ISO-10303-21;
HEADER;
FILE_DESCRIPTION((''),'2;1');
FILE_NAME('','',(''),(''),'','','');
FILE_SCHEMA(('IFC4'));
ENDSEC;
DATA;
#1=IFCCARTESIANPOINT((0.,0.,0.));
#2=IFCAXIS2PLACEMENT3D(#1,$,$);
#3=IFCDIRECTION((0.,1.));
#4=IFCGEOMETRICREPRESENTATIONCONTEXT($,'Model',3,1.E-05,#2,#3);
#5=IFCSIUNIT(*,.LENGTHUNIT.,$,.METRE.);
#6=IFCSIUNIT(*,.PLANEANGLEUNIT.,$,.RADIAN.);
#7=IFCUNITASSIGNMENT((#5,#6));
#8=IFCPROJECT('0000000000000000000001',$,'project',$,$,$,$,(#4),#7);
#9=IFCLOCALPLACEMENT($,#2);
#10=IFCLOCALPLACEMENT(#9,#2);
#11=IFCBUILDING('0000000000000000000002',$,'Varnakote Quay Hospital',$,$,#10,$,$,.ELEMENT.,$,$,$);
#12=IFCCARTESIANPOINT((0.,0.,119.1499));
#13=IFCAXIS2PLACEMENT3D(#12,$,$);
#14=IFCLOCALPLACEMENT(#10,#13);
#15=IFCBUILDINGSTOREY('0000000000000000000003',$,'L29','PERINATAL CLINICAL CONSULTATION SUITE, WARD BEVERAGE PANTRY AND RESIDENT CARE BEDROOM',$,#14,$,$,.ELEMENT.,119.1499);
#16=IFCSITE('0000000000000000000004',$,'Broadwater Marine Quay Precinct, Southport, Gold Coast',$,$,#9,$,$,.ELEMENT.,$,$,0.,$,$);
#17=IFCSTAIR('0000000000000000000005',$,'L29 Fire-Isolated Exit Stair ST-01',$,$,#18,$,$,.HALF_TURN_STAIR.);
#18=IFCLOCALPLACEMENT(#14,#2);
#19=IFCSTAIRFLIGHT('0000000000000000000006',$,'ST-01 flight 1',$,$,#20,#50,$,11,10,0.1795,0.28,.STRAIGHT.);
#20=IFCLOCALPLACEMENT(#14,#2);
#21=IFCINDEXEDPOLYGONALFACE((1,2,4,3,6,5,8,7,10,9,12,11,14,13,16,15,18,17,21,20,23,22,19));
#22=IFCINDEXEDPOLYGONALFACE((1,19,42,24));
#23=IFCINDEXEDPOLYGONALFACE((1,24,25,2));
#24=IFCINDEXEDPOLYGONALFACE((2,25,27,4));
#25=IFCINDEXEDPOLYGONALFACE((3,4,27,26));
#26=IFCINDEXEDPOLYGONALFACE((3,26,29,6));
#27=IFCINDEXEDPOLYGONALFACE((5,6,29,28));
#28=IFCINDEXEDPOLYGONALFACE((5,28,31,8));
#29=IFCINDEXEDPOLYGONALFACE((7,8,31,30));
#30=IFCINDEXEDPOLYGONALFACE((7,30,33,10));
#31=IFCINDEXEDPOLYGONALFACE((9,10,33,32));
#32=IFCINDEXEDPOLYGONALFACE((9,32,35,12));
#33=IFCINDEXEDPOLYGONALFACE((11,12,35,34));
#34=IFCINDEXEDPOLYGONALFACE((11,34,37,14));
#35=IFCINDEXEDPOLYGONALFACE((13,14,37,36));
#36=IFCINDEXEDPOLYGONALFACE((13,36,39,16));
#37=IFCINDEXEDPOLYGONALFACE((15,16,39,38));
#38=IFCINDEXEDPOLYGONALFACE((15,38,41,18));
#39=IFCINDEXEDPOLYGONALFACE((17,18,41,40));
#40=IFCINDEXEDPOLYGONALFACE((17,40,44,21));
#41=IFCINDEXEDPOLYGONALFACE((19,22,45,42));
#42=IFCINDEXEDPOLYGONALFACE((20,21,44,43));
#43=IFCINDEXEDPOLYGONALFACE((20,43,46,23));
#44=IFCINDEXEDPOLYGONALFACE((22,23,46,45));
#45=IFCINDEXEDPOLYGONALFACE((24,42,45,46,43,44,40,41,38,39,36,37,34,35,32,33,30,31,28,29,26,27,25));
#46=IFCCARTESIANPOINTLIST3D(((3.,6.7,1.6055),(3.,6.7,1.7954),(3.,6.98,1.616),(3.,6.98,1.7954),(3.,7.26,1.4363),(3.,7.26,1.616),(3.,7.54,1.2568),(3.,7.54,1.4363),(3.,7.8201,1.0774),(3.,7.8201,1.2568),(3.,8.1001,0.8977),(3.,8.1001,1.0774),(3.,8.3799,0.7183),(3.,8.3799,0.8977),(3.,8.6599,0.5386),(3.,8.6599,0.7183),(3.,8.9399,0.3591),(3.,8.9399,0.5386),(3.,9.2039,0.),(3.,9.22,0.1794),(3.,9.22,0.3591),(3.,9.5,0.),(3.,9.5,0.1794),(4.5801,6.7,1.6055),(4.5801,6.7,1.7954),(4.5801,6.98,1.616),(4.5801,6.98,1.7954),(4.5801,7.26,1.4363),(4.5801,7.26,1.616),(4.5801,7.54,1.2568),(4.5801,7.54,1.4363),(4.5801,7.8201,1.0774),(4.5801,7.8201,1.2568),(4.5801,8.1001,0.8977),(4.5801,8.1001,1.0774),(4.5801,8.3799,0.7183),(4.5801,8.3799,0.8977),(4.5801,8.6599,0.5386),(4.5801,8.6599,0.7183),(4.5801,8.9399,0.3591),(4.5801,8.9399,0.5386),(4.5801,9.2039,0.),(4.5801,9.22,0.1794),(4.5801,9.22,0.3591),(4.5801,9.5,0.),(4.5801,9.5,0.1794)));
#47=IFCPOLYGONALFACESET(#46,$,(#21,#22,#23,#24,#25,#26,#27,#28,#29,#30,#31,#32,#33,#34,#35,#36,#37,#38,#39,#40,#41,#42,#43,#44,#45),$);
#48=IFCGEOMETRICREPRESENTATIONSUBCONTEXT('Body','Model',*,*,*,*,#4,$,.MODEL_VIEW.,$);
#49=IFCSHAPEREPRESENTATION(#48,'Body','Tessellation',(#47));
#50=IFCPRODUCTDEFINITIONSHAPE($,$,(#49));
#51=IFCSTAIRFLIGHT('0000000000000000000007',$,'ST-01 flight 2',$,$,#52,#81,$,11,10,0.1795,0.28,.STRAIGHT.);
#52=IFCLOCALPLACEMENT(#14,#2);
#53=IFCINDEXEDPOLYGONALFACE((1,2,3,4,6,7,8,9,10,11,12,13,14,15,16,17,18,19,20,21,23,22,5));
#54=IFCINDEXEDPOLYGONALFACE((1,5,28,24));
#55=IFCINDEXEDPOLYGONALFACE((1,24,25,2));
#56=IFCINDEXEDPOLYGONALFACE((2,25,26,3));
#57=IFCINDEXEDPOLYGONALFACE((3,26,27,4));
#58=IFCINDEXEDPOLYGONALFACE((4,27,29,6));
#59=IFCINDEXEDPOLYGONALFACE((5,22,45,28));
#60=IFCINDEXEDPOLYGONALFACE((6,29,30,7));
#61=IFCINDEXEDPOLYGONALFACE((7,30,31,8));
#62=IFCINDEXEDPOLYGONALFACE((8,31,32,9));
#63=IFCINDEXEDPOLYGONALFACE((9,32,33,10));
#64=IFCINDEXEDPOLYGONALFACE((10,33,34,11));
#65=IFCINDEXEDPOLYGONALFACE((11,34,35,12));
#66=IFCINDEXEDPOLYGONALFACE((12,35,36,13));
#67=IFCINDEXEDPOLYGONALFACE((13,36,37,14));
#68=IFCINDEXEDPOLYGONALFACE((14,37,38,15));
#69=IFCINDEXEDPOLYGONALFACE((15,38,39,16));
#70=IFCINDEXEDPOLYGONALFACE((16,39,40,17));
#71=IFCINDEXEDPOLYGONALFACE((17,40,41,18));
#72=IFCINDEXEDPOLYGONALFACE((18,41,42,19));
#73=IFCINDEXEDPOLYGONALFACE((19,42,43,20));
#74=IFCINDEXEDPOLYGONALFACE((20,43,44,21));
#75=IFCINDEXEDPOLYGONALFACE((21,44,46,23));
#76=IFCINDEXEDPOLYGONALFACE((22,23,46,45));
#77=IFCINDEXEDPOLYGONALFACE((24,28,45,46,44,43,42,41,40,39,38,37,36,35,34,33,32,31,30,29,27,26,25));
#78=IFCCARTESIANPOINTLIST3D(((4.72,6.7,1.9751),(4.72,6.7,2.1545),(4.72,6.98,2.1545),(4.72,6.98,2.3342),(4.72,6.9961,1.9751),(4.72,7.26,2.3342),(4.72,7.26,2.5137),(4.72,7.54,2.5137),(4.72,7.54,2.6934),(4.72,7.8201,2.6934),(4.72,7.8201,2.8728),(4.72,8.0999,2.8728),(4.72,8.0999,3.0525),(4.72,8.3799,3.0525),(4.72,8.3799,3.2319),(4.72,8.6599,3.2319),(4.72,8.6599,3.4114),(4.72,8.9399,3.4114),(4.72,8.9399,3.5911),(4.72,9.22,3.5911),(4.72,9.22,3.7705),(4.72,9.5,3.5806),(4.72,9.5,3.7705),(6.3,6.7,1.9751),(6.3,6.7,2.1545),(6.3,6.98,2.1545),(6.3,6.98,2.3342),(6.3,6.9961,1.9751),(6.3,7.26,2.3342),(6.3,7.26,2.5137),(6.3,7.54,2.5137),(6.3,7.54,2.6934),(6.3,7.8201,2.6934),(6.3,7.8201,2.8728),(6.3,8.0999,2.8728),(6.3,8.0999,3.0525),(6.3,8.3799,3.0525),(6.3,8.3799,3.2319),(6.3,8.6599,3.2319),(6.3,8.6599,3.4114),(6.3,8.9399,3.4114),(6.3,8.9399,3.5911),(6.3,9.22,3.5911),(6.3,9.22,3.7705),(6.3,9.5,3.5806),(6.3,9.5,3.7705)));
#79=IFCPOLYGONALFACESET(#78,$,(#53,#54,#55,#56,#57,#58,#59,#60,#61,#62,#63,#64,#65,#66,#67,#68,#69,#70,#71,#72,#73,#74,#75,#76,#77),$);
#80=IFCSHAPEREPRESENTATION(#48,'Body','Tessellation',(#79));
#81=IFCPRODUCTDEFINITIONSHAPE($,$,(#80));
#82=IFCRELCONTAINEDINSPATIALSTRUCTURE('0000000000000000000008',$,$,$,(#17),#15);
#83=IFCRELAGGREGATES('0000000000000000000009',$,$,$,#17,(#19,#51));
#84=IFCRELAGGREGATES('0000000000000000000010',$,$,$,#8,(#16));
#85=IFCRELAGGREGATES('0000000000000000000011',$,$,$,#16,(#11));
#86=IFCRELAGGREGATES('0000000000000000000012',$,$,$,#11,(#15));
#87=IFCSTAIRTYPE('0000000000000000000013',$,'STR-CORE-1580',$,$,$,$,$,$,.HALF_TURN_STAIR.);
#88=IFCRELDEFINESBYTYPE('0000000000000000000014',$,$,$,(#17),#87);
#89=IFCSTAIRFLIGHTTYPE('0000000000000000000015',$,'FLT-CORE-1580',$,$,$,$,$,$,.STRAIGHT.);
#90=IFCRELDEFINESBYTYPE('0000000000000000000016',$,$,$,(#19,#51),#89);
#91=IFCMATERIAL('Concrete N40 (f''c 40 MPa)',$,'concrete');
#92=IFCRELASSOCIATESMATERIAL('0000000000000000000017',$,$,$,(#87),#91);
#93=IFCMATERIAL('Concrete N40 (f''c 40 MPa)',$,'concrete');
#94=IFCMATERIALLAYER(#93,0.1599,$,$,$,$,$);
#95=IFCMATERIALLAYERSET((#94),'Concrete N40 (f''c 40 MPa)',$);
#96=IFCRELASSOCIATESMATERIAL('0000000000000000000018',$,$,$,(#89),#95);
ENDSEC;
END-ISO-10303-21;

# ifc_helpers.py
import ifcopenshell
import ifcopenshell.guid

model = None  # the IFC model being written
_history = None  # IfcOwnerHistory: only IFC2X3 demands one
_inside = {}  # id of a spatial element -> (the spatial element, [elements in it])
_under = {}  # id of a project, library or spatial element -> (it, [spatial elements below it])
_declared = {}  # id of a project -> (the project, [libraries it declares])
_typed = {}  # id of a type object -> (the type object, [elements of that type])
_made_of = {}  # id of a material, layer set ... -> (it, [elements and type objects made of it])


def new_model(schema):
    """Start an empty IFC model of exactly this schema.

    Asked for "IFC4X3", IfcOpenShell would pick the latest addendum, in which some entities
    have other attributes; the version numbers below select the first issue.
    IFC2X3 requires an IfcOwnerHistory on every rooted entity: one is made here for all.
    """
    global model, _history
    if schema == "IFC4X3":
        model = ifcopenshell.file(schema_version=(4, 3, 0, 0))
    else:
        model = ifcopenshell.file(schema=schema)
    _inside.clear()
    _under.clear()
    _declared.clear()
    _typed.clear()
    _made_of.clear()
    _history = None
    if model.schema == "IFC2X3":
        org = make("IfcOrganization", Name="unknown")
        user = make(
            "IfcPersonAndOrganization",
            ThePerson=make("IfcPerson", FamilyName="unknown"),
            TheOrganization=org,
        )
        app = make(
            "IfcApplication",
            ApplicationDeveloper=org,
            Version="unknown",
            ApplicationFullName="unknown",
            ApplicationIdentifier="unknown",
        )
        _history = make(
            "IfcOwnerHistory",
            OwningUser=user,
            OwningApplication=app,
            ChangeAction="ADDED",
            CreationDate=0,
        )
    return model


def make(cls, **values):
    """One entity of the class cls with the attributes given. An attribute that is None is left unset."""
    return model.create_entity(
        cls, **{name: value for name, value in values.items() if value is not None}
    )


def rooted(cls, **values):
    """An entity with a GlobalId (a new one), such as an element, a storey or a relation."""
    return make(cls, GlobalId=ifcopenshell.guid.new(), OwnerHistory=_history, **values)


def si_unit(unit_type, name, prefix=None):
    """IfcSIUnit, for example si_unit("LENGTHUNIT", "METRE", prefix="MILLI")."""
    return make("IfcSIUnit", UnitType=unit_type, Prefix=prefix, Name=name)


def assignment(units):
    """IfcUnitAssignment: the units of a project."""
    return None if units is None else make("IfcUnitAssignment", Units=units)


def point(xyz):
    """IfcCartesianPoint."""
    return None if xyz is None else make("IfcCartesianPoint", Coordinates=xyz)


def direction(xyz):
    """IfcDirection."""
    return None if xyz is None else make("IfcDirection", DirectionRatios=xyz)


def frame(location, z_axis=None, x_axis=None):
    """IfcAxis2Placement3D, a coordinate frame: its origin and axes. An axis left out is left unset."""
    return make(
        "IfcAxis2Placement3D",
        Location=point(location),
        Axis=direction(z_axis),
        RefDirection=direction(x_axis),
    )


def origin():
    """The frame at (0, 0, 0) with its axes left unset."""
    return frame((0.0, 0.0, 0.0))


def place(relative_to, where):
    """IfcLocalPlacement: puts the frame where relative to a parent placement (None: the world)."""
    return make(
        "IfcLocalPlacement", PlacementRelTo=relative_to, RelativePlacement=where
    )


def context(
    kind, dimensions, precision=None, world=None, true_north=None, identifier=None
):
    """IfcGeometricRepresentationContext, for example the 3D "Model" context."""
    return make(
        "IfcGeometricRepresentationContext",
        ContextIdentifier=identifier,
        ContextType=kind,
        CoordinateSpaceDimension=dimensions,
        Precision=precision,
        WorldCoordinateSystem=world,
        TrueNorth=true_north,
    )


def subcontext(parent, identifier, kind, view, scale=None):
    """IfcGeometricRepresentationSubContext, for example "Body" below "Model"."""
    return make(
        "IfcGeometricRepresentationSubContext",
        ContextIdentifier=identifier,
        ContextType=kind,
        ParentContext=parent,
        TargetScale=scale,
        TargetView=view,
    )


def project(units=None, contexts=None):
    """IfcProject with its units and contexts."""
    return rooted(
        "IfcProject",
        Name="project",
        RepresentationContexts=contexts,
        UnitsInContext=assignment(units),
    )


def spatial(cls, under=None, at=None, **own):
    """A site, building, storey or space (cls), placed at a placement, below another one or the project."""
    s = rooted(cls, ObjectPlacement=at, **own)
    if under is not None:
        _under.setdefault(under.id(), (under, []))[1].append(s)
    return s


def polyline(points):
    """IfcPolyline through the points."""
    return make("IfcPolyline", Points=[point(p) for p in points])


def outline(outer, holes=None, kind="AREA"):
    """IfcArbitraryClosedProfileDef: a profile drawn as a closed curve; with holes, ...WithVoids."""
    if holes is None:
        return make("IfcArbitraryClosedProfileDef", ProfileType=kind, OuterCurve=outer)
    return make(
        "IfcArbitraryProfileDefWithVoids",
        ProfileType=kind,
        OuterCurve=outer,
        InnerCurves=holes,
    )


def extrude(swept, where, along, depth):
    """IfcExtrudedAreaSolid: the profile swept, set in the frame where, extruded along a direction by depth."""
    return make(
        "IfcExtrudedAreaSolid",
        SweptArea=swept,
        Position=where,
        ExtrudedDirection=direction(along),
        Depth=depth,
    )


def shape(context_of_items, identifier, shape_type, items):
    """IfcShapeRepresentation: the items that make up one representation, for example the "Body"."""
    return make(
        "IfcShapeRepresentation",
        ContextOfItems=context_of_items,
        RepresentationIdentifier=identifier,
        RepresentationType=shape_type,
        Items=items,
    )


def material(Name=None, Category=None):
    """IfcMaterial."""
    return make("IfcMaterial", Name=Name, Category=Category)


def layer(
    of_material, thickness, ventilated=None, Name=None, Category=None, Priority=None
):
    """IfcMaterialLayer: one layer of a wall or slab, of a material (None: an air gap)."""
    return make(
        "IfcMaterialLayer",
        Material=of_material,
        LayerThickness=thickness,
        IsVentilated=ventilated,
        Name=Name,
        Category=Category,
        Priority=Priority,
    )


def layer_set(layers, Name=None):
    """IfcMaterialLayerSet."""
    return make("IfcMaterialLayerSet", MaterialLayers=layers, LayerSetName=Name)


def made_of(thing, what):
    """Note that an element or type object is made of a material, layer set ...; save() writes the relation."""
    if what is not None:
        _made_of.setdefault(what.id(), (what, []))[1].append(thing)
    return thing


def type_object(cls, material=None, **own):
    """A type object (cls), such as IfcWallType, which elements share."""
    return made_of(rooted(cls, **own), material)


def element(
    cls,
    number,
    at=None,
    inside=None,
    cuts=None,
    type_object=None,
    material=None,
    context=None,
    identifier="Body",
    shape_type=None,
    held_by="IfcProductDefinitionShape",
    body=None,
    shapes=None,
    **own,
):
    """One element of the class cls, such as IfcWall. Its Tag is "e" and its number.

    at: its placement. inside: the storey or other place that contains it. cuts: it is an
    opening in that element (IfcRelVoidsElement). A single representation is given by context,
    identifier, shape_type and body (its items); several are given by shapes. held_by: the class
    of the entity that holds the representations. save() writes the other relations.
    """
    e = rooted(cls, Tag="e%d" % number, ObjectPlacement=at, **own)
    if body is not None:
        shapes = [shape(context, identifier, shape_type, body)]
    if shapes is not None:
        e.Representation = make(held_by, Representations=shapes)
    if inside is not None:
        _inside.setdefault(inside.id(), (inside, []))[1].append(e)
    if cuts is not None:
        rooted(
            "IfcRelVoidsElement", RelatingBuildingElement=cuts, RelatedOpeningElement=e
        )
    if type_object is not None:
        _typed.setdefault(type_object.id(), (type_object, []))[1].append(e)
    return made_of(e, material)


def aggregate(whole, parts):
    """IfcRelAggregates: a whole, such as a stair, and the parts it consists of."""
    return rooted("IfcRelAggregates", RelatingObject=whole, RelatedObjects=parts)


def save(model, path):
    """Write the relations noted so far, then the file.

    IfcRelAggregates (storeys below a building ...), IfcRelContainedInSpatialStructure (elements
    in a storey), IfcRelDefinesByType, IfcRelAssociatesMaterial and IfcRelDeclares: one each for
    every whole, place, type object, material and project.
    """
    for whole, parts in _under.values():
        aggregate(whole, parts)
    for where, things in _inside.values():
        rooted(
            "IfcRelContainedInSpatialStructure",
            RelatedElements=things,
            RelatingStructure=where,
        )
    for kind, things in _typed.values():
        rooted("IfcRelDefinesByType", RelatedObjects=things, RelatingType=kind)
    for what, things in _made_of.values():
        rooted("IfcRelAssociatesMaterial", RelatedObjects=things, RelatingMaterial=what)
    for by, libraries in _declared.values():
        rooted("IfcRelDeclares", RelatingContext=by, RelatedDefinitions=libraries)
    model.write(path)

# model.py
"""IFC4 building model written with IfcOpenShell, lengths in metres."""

from ifc_helpers import new_model, si_unit, direction, frame, origin, place, context, subcontext, project, spatial, polyline, outline, extrude, material, layer, layer_set, type_object, element, aggregate, save


model = new_model("IFC4")

# Units and contexts
model_context = context("Model", 3, precision=1e-05, world=origin(), true_north=direction((0.0, 1.0)))
body_context = subcontext(model_context, "Body", "Model", "MODEL_VIEW")
ifc_project = project(units=[si_unit("LENGTHUNIT", "METRE"), si_unit("PLANEANGLEUNIT", "RADIAN")], contexts=[model_context])

# Site, building, storey
site_placement = place(None, origin())
site = spatial("IfcSite", under=ifc_project, at=site_placement, Name="Broadwater Marine Quay Precinct, Southport, Gold Coast", CompositionType="ELEMENT", RefElevation=0.0)
building_placement = place(site_placement, origin())
building = spatial("IfcBuilding", under=site, at=building_placement, Name="Varnakote Quay Hospital", CompositionType="ELEMENT")
storey_placement = place(building_placement, frame((0.0, 0.0, 119.1499)))
storey = spatial("IfcBuildingStorey", under=building, at=storey_placement, Name="L29", Description="PERINATAL CLINICAL CONSULTATION SUITE, WARD BEVERAGE PANTRY AND RESIDENT CARE BEDROOM", CompositionType="ELEMENT", Elevation=119.1499)

# Stair, stair flights
ifc_material_1 = material(Name="Concrete N40 (f'c 40 MPa)", Category="concrete")
stair_type = type_object("IfcStairType", Name="STR-CORE-1580", PredefinedType="HALF_TURN_STAIR", material=ifc_material_1)
stair_placement = place(storey_placement, origin())
stair = element("IfcStair", 1, at=stair_placement, inside=storey, type_object=stair_type, Name="L29 Fire-Isolated Exit Stair ST-01", PredefinedType="HALF_TURN_STAIR")
ifc_material_2 = material(Name="Concrete N40 (f'c 40 MPa)", Category="concrete")
ifc_layer_1 = layer(ifc_material_2, 0.1599)
ifc_layer_set_1 = layer_set([ifc_layer_1], Name="Concrete N40 (f'c 40 MPa)")
stair_flight_type = type_object("IfcStairFlightType", Name="FLT-CORE-1580", PredefinedType="STRAIGHT", material=ifc_layer_set_1)
stair_flight_1_placement = place(storey_placement, frame((3.79, 9.5, 0.0), z_axis=(0.0, 0.0, 1.0), x_axis=(0.0, -1.0, 0.0)))
stair_flight_1 = element("IfcStairFlight", 2, at=stair_flight_1_placement, type_object=stair_flight_type, Name="ST-01 flight 1", NumberOfRisers=11, NumberOfTreads=10, PredefinedType="STRAIGHT", RiserHeight=0.1795, TreadLength=0.28, context=body_context, shape_type="SweptSolid", body=[
    extrude(outline(polyline([(0.0, 0.0), (0.0, 0.1794), (0.28, 0.1794), (0.28, 0.3591), (0.5601, 0.3591), (0.5601, 0.5386), (0.8401, 0.5386), (0.8401, 0.7183), (1.1201, 0.7183), (1.1201, 0.8977), (1.3999, 0.8977), (1.3999, 1.0774), (1.6799, 1.0774), (1.6799, 1.2568), (1.96, 1.2568), (1.96, 1.4363), (2.24, 1.4363), (2.24, 1.616), (2.52, 1.616), (2.52, 1.7954), (2.8, 1.7954), (2.8, 1.9751), (2.8, 1.6055), (0.2961, 0.0), (0.0, 0.0)])), frame((0.0, 0.79, 0.0), z_axis=(0.0, -1.0, 0.0), x_axis=(1.0, 0.0, 0.0)), (0.0, 0.0, 1.0), 1.5801),
])
stair_flight_2_placement = place(storey_placement, frame((5.51, 6.7, 1.9751), z_axis=(0.0, 0.0, 1.0), x_axis=(0.0, 1.0, 0.0)))
stair_flight_2 = element("IfcStairFlight", 3, at=stair_flight_2_placement, type_object=stair_flight_type, Name="ST-01 flight 2", NumberOfRisers=11, NumberOfTreads=10, PredefinedType="STRAIGHT", RiserHeight=0.1795, TreadLength=0.28, context=body_context, shape_type="SweptSolid", body=[
    extrude(outline(polyline([(0.0, 0.0), (0.0, 0.1794), (0.28, 0.1794), (0.28, 0.3591), (0.5601, 0.3591), (0.5601, 0.5386), (0.8401, 0.5386), (0.8401, 0.7183), (1.1201, 0.7183), (1.1201, 0.8977), (1.3999, 0.8977), (1.3999, 1.0774), (1.6799, 1.0774), (1.6799, 1.2568), (1.96, 1.2568), (1.96, 1.4363), (2.24, 1.4363), (2.24, 1.616), (2.52, 1.616), (2.52, 1.7954), (2.8, 1.7954), (2.8, 1.9751), (2.8, 1.6055), (0.2961, 0.0), (0.0, 0.0)])), frame((0.0, 0.79, 0.0), z_axis=(0.0, -1.0, 0.0), x_axis=(1.0, 0.0, 0.0)), (0.0, 0.0, 1.0), 1.5801),
])
aggregate(stair, [stair_flight_1, stair_flight_2])

save(model, "model.ifc")
